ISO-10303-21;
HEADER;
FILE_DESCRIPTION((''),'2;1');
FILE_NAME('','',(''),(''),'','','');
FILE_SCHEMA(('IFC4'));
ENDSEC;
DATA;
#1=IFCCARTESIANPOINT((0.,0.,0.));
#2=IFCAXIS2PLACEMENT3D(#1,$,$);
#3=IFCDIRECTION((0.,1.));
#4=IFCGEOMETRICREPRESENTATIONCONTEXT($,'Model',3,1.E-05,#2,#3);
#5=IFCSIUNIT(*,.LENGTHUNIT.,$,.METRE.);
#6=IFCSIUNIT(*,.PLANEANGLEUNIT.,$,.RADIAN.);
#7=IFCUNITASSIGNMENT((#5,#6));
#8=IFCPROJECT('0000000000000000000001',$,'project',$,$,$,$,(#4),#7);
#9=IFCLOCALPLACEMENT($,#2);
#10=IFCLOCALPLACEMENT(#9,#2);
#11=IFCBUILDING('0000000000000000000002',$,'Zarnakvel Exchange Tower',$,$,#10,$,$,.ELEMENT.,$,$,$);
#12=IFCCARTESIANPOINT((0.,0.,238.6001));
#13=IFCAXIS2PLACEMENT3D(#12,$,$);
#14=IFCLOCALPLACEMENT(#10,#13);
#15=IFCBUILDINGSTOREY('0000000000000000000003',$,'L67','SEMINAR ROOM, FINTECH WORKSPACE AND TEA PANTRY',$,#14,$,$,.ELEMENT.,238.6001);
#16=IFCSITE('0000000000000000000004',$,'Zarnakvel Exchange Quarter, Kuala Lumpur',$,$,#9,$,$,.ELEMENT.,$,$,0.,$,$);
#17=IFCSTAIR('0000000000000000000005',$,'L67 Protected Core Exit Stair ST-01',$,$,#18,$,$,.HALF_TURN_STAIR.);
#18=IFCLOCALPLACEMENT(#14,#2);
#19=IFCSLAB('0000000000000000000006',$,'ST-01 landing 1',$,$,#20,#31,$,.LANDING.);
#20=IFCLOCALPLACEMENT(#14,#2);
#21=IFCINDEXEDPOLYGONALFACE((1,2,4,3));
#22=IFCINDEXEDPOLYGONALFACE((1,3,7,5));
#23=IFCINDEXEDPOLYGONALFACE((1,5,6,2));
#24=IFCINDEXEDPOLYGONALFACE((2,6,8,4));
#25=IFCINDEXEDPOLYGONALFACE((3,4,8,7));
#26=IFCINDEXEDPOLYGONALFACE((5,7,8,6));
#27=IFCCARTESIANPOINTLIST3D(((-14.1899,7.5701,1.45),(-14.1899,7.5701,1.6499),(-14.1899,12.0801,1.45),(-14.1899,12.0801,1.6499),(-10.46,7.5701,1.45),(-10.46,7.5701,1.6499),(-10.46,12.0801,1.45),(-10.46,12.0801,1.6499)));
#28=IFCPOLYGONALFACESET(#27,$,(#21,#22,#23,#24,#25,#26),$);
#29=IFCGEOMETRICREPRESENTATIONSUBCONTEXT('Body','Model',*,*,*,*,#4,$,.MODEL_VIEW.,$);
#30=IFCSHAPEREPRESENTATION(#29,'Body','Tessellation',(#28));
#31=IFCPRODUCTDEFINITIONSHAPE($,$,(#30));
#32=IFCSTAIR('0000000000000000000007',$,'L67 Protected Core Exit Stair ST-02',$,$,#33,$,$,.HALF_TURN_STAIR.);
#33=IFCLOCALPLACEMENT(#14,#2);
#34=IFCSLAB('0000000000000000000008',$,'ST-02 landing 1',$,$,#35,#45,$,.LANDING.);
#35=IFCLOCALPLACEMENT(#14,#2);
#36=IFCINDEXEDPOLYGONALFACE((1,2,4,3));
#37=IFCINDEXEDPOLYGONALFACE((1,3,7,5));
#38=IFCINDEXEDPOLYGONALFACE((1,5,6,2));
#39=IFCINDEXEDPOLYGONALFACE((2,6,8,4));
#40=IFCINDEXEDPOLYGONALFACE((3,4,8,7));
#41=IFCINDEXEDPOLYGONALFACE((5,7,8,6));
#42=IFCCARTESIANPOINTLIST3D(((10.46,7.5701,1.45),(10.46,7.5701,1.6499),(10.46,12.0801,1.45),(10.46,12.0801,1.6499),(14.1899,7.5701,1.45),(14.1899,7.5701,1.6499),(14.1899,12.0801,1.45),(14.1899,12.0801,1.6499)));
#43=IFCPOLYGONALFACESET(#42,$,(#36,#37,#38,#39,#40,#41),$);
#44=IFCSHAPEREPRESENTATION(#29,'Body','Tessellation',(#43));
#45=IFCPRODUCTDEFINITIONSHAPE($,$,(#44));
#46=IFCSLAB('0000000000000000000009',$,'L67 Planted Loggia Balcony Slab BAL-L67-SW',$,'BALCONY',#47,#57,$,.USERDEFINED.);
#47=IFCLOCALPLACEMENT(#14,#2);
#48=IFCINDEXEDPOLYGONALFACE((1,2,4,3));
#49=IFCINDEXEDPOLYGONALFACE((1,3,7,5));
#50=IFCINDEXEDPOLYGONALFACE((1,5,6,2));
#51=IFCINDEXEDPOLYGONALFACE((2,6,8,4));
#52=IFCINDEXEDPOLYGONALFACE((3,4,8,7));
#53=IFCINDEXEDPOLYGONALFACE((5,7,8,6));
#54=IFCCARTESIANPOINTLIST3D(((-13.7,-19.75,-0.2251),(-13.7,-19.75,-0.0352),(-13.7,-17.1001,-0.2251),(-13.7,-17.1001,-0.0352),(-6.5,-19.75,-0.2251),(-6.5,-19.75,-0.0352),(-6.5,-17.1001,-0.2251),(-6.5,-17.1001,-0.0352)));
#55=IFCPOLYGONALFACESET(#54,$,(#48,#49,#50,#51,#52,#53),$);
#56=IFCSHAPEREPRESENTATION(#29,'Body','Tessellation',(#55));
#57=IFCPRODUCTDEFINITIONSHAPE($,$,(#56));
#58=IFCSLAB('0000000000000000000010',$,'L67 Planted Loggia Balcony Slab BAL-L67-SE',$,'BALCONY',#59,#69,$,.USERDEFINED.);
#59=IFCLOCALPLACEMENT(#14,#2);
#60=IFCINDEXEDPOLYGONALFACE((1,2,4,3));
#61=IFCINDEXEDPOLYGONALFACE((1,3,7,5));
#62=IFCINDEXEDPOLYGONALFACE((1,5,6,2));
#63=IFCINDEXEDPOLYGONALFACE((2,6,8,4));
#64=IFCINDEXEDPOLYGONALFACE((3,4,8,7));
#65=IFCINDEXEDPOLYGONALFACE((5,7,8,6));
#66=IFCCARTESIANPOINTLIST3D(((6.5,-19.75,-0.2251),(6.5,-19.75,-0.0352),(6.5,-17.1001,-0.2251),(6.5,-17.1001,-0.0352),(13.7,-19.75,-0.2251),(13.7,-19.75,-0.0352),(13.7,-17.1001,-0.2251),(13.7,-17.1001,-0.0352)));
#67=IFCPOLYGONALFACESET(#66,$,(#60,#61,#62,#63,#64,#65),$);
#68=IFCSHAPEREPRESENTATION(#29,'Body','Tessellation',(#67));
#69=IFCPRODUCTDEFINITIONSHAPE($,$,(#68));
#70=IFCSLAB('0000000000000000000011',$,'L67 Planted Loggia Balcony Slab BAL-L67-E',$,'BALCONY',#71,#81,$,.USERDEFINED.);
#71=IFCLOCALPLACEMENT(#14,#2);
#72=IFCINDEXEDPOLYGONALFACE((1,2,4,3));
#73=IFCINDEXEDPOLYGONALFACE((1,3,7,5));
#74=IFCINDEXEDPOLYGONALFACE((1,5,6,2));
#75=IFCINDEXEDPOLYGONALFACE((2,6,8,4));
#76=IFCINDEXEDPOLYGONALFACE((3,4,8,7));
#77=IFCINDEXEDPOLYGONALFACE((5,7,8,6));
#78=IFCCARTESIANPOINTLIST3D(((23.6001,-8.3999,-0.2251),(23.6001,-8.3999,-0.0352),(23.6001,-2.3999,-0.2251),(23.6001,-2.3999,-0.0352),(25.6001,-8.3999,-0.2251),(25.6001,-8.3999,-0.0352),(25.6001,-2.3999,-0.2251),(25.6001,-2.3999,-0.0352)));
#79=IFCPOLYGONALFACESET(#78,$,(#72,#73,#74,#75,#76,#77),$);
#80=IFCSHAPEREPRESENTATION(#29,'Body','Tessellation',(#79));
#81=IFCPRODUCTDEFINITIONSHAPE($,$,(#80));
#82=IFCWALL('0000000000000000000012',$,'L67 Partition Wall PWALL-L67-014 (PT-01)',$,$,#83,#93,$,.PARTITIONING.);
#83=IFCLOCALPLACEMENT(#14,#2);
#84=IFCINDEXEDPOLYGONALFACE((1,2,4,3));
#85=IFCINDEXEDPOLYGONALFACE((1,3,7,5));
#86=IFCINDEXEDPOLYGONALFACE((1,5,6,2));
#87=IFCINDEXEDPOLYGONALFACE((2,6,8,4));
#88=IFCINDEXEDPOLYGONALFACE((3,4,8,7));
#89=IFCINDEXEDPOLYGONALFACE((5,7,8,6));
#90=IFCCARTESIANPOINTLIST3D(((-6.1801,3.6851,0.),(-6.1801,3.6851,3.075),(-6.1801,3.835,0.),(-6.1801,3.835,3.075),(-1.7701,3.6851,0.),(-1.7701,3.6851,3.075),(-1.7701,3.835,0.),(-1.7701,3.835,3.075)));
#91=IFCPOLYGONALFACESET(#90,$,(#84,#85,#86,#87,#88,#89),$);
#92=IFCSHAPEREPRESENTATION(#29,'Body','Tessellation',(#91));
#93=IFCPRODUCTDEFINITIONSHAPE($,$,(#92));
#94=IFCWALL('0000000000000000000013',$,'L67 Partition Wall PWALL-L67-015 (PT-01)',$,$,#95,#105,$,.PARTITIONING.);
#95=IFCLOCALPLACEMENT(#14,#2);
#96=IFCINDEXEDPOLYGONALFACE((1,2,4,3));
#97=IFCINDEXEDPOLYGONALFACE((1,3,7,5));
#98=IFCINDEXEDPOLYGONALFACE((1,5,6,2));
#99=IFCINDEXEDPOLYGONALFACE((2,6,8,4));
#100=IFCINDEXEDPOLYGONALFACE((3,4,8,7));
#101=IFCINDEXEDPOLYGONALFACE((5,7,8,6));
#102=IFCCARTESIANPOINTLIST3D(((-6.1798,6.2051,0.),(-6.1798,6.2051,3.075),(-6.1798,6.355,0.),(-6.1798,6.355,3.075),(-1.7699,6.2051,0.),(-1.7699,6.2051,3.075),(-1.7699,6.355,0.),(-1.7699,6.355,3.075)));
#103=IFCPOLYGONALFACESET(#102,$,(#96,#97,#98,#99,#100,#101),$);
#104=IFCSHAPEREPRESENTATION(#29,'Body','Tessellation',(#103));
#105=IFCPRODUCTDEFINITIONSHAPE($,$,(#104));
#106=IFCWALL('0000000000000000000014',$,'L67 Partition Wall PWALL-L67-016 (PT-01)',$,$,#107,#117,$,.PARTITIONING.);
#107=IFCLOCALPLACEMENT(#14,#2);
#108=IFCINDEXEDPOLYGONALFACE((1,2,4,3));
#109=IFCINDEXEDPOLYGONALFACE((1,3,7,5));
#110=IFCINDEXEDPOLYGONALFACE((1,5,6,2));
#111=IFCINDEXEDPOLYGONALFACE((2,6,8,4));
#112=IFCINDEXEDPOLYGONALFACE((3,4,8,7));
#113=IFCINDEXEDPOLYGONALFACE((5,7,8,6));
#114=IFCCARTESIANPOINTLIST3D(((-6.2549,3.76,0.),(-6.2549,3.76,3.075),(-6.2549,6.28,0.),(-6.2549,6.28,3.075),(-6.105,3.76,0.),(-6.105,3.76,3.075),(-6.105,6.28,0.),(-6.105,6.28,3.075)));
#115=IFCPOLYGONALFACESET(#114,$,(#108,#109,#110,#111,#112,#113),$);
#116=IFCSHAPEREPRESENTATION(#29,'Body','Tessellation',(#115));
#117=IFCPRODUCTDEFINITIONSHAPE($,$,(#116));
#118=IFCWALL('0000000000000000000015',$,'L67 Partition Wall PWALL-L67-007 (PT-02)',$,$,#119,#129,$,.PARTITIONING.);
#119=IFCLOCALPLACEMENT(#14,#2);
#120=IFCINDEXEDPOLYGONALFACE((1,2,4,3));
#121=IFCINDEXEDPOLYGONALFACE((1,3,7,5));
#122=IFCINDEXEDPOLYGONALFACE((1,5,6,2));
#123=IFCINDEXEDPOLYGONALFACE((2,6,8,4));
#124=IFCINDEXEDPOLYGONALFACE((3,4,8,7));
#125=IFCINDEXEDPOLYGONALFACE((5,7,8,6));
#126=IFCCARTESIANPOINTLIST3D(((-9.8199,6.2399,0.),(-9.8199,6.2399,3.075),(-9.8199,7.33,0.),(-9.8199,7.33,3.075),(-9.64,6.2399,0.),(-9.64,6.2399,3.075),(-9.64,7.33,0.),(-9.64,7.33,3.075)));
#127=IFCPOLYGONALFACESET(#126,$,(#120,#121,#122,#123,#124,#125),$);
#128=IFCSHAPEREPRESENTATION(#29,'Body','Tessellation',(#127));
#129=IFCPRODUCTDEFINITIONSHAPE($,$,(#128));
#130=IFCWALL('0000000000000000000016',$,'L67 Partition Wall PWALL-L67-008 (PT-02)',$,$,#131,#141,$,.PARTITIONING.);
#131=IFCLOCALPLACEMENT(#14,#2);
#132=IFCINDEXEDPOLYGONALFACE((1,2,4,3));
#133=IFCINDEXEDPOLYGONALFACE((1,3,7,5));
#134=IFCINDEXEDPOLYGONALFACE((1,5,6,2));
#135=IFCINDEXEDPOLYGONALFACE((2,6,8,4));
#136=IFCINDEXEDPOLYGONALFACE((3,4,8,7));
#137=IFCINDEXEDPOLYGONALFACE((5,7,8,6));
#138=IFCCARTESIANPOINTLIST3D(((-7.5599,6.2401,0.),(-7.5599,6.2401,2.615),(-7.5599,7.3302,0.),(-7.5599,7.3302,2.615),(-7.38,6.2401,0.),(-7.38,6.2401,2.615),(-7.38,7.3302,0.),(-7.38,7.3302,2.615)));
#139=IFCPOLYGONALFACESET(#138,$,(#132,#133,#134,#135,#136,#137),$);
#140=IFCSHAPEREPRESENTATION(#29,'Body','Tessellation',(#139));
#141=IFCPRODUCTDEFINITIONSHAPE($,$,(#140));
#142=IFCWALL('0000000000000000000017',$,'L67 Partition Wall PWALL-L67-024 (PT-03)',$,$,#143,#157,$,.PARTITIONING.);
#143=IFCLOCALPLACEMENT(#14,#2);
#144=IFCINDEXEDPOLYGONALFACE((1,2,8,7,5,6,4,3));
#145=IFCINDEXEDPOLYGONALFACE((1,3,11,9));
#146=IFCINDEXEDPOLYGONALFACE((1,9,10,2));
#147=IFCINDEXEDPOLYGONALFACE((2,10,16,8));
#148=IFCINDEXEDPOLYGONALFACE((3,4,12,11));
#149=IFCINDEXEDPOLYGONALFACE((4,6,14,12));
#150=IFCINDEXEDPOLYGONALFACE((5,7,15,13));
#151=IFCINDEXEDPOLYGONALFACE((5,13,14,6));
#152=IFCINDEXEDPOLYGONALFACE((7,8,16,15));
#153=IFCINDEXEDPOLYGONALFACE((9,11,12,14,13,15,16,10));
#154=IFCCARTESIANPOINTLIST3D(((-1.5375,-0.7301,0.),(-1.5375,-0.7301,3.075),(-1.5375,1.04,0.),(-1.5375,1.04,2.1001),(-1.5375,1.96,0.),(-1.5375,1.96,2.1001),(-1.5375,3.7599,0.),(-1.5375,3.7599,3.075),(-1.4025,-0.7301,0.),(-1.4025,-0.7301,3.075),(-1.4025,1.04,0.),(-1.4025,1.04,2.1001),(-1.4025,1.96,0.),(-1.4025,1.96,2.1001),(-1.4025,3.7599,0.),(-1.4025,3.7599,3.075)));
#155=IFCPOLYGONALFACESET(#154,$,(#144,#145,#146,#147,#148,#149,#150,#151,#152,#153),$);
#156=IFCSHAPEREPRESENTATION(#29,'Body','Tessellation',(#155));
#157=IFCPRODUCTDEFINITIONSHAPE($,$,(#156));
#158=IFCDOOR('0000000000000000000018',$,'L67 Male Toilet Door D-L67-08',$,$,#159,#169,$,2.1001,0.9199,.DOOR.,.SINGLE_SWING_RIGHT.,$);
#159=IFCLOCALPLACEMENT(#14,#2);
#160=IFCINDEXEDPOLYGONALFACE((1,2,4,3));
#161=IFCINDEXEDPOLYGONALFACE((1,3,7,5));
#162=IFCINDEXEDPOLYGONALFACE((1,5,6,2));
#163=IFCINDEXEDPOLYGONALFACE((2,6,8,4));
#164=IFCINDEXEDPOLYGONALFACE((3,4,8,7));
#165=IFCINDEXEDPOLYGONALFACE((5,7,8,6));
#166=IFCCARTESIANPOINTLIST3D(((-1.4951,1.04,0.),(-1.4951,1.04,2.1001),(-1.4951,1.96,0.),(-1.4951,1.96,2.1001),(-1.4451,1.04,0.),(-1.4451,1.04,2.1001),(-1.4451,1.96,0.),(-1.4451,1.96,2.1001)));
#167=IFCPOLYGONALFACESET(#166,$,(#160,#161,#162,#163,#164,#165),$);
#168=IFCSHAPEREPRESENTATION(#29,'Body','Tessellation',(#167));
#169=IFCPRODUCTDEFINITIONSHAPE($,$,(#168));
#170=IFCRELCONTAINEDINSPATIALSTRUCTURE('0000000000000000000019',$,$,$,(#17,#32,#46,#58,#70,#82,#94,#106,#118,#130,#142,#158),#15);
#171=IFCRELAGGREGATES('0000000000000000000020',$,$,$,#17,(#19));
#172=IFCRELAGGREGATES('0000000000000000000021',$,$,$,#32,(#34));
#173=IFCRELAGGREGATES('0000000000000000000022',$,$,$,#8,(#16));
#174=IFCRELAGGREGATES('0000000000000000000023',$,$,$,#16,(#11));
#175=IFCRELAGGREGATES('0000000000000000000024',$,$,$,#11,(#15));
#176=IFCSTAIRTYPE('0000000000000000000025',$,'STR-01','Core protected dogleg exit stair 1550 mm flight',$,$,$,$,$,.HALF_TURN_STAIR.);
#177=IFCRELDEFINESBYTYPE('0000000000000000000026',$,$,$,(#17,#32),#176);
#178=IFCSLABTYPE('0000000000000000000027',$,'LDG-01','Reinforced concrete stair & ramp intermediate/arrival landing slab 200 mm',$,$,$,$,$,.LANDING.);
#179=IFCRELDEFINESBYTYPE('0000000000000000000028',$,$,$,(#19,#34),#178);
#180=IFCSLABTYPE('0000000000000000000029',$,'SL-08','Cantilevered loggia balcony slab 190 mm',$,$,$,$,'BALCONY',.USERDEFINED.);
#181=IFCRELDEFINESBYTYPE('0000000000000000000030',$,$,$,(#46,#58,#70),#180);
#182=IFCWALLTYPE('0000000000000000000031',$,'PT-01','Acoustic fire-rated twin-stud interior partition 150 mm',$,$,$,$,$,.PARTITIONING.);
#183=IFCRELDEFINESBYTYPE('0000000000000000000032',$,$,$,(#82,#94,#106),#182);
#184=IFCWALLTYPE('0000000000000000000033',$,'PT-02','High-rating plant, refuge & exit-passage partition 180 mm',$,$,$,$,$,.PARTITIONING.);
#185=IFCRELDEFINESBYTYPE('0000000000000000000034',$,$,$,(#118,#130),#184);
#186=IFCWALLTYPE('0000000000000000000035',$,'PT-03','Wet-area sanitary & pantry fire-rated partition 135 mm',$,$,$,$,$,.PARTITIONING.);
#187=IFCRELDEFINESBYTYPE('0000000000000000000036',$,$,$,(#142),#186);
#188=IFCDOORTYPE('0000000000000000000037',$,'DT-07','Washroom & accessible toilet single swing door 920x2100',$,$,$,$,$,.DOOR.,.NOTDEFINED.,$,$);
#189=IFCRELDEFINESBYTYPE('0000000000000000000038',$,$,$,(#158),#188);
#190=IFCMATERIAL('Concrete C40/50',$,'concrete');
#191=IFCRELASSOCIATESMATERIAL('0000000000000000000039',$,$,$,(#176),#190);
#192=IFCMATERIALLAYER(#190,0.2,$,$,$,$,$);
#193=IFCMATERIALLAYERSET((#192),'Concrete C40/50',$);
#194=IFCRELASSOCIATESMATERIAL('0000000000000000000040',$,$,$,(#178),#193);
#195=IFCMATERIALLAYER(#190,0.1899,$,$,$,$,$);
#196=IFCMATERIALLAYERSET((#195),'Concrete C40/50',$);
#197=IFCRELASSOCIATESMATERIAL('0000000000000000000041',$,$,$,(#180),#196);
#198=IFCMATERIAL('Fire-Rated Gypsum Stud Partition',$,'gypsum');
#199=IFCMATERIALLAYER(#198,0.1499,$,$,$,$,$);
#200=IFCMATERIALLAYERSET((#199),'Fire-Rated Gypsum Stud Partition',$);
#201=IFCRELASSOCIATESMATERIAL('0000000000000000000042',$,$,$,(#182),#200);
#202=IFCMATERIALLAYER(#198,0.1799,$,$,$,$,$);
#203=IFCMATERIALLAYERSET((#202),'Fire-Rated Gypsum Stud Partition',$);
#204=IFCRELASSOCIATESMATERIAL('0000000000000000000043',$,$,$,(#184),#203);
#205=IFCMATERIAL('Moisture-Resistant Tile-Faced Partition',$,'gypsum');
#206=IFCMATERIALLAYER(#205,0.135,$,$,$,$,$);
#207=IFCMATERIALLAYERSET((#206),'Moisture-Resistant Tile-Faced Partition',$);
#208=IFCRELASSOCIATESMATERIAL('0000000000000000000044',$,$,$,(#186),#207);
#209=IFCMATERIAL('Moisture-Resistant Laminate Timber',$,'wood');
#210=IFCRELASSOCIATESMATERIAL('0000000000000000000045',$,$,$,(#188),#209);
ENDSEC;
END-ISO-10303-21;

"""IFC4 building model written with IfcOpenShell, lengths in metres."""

from ifc_helpers import new_model, si_unit, direction, frame, frame_2d, origin, place, context, subcontext, project, spatial, polyline, rectangle, outline, extrude, source, transform, mapped, material, layer, layer_set, type_object, element, fill, aggregate, save


model = new_model("IFC4")

# Units and contexts
model_context = context("Model", 3, precision=1e-05, world=origin(), true_north=direction((0.0, 1.0)))
body_context = subcontext(model_context, "Body", "Model", "MODEL_VIEW")
ifc_project = project(units=[si_unit("LENGTHUNIT", "METRE"), si_unit("PLANEANGLEUNIT", "RADIAN")], contexts=[model_context])

# Site, building, storey
site_placement = place(None, origin())
site = spatial("IfcSite", under=ifc_project, at=site_placement, Name="Zarnakvel Exchange Quarter, Kuala Lumpur", CompositionType="ELEMENT", RefElevation=0.0)
building_placement = place(site_placement, origin())
building = spatial("IfcBuilding", under=site, at=building_placement, Name="Zarnakvel Exchange Tower", CompositionType="ELEMENT")
storey_placement = place(building_placement, frame((0.0, 0.0, 238.6001)))
storey = spatial("IfcBuildingStorey", under=building, at=storey_placement, Name="L67", Description="SEMINAR ROOM, FINTECH WORKSPACE AND TEA PANTRY", CompositionType="ELEMENT", Elevation=238.6001)

# Stairs, slabs
ifc_material_1 = material(Name="Concrete C40/50", Category="concrete")
stair_type = type_object("IfcStairType", Name="STR-01", Description="Core protected dogleg exit stair 1550 mm flight", PredefinedType="HALF_TURN_STAIR", material=ifc_material_1)
stair_1_placement = place(storey_placement, origin())
stair_1 = element("IfcStair", 1, at=stair_1_placement, inside=storey, type_object=stair_type, Name="L67 Protected Core Exit Stair ST-01", PredefinedType="HALF_TURN_STAIR")
ifc_layer_1 = layer(ifc_material_1, 0.2)
ifc_layer_set_1 = layer_set([ifc_layer_1], Name="Concrete C40/50")
slab_type_1 = type_object("IfcSlabType", Name="LDG-01", Description="Reinforced concrete stair & ramp intermediate/arrival landing slab 200 mm", PredefinedType="LANDING", material=ifc_layer_set_1)
slab_1_placement = place(storey_placement, frame((0.0, 0.0, 1.45)))
slab_1 = element("IfcSlab", 2, at=slab_1_placement, type_object=slab_type_1, Name="ST-01 landing 1", PredefinedType="LANDING", context=body_context, shape_type="SweptSolid", body=[
    extrude(outline(polyline([(-14.1899, 7.5701), (-10.46, 7.5701), (-10.46, 12.0801), (-14.1899, 12.0801), (-14.1899, 7.5701)])), origin(), (0.0, 0.0, 1.0), 0.2),
])
aggregate(stair_1, [slab_1])
stair_2_placement = place(storey_placement, origin())
stair_2 = element("IfcStair", 3, at=stair_2_placement, inside=storey, type_object=stair_type, Name="L67 Protected Core Exit Stair ST-02", PredefinedType="HALF_TURN_STAIR")
slab_2_placement = place(storey_placement, frame((0.0, 0.0, 1.45)))
slab_2 = element("IfcSlab", 4, at=slab_2_placement, type_object=slab_type_1, Name="ST-02 landing 1", PredefinedType="LANDING", context=body_context, shape_type="SweptSolid", body=[
    extrude(outline(polyline([(10.46, 7.5701), (14.1899, 7.5701), (14.1899, 12.0801), (10.46, 12.0801), (10.46, 7.5701)])), origin(), (0.0, 0.0, 1.0), 0.2),
])
aggregate(stair_2, [slab_2])

# Slabs
ifc_layer_2 = layer(ifc_material_1, 0.1899)
ifc_layer_set_2 = layer_set([ifc_layer_2], Name="Concrete C40/50")
slab_type_2 = type_object("IfcSlabType", Name="SL-08", Description="Cantilevered loggia balcony slab 190 mm", ElementType="BALCONY", PredefinedType="USERDEFINED", material=ifc_layer_set_2)
slab_3_placement = place(storey_placement, frame((0.0, 0.0, -0.2251)))
element("IfcSlab", 5, at=slab_3_placement, inside=storey, type_object=slab_type_2, Name="L67 Planted Loggia Balcony Slab BAL-L67-SW", ObjectType="BALCONY", PredefinedType="USERDEFINED", context=body_context, shape_type="SweptSolid", body=[
    extrude(outline(polyline([(-13.7, -19.75), (-6.5, -19.75), (-6.5, -17.1001), (-13.7, -17.1001), (-13.7, -19.75)])), origin(), (0.0, 0.0, 1.0), 0.1899),
])
slab_4_placement = place(storey_placement, frame((0.0, 0.0, -0.2251)))
element("IfcSlab", 6, at=slab_4_placement, inside=storey, type_object=slab_type_2, Name="L67 Planted Loggia Balcony Slab BAL-L67-SE", ObjectType="BALCONY", PredefinedType="USERDEFINED", context=body_context, shape_type="SweptSolid", body=[
    extrude(outline(polyline([(6.5, -19.75), (13.7, -19.75), (13.7, -17.1001), (6.5, -17.1001), (6.5, -19.75)])), origin(), (0.0, 0.0, 1.0), 0.1899),
])
slab_5_placement = place(storey_placement, frame((0.0, 0.0, -0.2251)))
element("IfcSlab", 7, at=slab_5_placement, inside=storey, type_object=slab_type_2, Name="L67 Planted Loggia Balcony Slab BAL-L67-E", ObjectType="BALCONY", PredefinedType="USERDEFINED", context=body_context, shape_type="SweptSolid", body=[
    extrude(outline(polyline([(23.6001, -8.3999), (25.6001, -8.3999), (25.6001, -2.3999), (23.6001, -2.3999), (23.6001, -8.3999)])), origin(), (0.0, 0.0, 1.0), 0.1899),
])

# Walls
ifc_material_2 = material(Name="Fire-Rated Gypsum Stud Partition", Category="gypsum")
ifc_layer_3 = layer(ifc_material_2, 0.1499)
ifc_layer_set_3 = layer_set([ifc_layer_3], Name="Fire-Rated Gypsum Stud Partition")
wall_type_1 = type_object("IfcWallType", Name="PT-01", Description="Acoustic fire-rated twin-stud interior partition 150 mm", PredefinedType="PARTITIONING", material=ifc_layer_set_3)
for number, where, z_axis, x_axis, name in (
    (8, (-1.77, 3.76, 0.0), (0.0, 0.0, 1.0), (-1.0, 0.0, 0.0), "L67 Partition Wall PWALL-L67-014 (PT-01)"),
    (9, (-6.1799, 6.28, 0.0), (0.0, 0.0, 1.0), (1.0, 0.0, 0.0), "L67 Partition Wall PWALL-L67-015 (PT-01)"),
):
    element("IfcWall", number, at=place(storey_placement, frame(where, z_axis=z_axis, x_axis=x_axis)), inside=storey, type_object=wall_type_1, Name=name, PredefinedType="PARTITIONING", context=body_context, shape_type="SweptSolid", body=[
        extrude(rectangle(XDim=4.4099, YDim=0.1499, at=frame_2d((2.2051, 0.0))), origin(), (0.0, 0.0, 1.0), 3.075),
    ])
wall_1_placement = place(storey_placement, frame((-6.1799, 3.76, 0.0), z_axis=(0.0, 0.0, 1.0), x_axis=(0.0, 1.0, 0.0)))
element("IfcWall", 10, at=wall_1_placement, inside=storey, type_object=wall_type_1, Name="L67 Partition Wall PWALL-L67-016 (PT-01)", PredefinedType="PARTITIONING", context=body_context, shape_type="SweptSolid", body=[
    extrude(rectangle(XDim=2.52, YDim=0.1499, at=frame_2d((1.26, 0.0))), origin(), (0.0, 0.0, 1.0), 3.075),
])

# Walls
ifc_layer_4 = layer(ifc_material_2, 0.1799)
ifc_layer_set_4 = layer_set([ifc_layer_4], Name="Fire-Rated Gypsum Stud Partition")
wall_type_2 = type_object("IfcWallType", Name="PT-02", Description="High-rating plant, refuge & exit-passage partition 180 mm", PredefinedType="PARTITIONING", material=ifc_layer_set_4)
wall_2_placement = place(storey_placement, frame((-9.73, 6.24, 0.0), z_axis=(0.0, 0.0, 1.0), x_axis=(0.0, 1.0, 0.0)))
element("IfcWall", 11, at=wall_2_placement, inside=storey, type_object=wall_type_2, Name="L67 Partition Wall PWALL-L67-007 (PT-02)", PredefinedType="PARTITIONING", context=body_context, shape_type="SweptSolid", body=[
    extrude(rectangle(XDim=1.0901, YDim=0.1799, at=frame_2d((0.5449, 0.0))), origin(), (0.0, 0.0, 1.0), 3.075),
])
wall_3_placement = place(storey_placement, frame((-7.47, 7.3301, 0.0), z_axis=(0.0, 0.0, 1.0), x_axis=(0.0, -1.0, 0.0)))
element("IfcWall", 12, at=wall_3_placement, inside=storey, type_object=wall_type_2, Name="L67 Partition Wall PWALL-L67-008 (PT-02)", PredefinedType="PARTITIONING", context=body_context, shape_type="SweptSolid", body=[
    extrude(rectangle(XDim=1.0901, YDim=0.1799, at=frame_2d((0.5449, 0.0))), origin(), (0.0, 0.0, 1.0), 2.615),
])

# Wall, opening, door
ifc_material_3 = material(Name="Moisture-Resistant Tile-Faced Partition", Category="gypsum")
ifc_layer_5 = layer(ifc_material_3, 0.135)
ifc_layer_set_5 = layer_set([ifc_layer_5], Name="Moisture-Resistant Tile-Faced Partition")
wall_type_3 = type_object("IfcWallType", Name="PT-03", Description="Wet-area sanitary & pantry fire-rated partition 135 mm", PredefinedType="PARTITIONING", material=ifc_layer_set_5)
wall_4_placement = place(storey_placement, frame((-1.47, 3.76, 0.0), z_axis=(0.0, 0.0, 1.0), x_axis=(0.0, -1.0, 0.0)))
wall_4 = element("IfcWall", 13, at=wall_4_placement, inside=storey, type_object=wall_type_3, Name="L67 Partition Wall PWALL-L67-024 (PT-03)", PredefinedType="PARTITIONING", context=body_context, shape_type="SweptSolid", body=[
    extrude(rectangle(XDim=4.49, YDim=0.135, at=frame_2d((2.2451, 0.0))), origin(), (0.0, 0.0, 1.0), 3.075),
])
opening_1_placement = place(wall_4_placement, frame((1.8, 0.0, 0.0)))
opening_1 = element("IfcOpeningElement", 14, at=opening_1_placement, cuts=wall_4, PredefinedType="OPENING", context=body_context, shape_type="SweptSolid", body=[
    extrude(rectangle(XDim=0.9199, YDim=2.1001, at=frame_2d((0.46, 1.05))), frame((0.0, 0.0774, 0.0), z_axis=(0.0, -1.0, 0.0), x_axis=(1.0, 0.0, 0.0)), (0.0, 0.0, 1.0), 0.155),
])
ifc_material_4 = material(Name="Moisture-Resistant Laminate Timber", Category="wood")
door_type_1 = type_object("IfcDoorType", Name="DT-07", Description="Washroom & accessible toilet single swing door 920x2100", OperationType="NOTDEFINED", PredefinedType="DOOR", material=ifc_material_4)
shared_shape_1 = source(origin(), body_context, "Body", "SweptSolid", [
    extrude(rectangle(XDim=0.9199, YDim=2.1001, at=frame_2d((0.46, 1.05))), frame((0.0, 0.0249, 0.0), z_axis=(0.0, -1.0, 0.0), x_axis=(1.0, 0.0, 0.0)), (0.0, 0.0, 1.0), 0.05),
])
door_1_placement = place(opening_1_placement, origin())
door_1 = element("IfcDoor", 15, at=door_1_placement, inside=storey, type_object=door_type_1, Name="L67 Male Toilet Door D-L67-08", OperationType="SINGLE_SWING_RIGHT", OverallHeight=2.1001, OverallWidth=0.9199, PredefinedType="DOOR", context=body_context, shape_type="MappedRepresentation", body=[
    mapped(shared_shape_1, transform((0.0, 0.0, 0.0), x_axis=(1.0, 0.0, 0.0), y_axis=(0.0, 1.0, 0.0), z_axis=(0.0, 0.0, 1.0), scale=1.0)),
])
fill(opening_1, door_1)

save(model, "model.ifc")
